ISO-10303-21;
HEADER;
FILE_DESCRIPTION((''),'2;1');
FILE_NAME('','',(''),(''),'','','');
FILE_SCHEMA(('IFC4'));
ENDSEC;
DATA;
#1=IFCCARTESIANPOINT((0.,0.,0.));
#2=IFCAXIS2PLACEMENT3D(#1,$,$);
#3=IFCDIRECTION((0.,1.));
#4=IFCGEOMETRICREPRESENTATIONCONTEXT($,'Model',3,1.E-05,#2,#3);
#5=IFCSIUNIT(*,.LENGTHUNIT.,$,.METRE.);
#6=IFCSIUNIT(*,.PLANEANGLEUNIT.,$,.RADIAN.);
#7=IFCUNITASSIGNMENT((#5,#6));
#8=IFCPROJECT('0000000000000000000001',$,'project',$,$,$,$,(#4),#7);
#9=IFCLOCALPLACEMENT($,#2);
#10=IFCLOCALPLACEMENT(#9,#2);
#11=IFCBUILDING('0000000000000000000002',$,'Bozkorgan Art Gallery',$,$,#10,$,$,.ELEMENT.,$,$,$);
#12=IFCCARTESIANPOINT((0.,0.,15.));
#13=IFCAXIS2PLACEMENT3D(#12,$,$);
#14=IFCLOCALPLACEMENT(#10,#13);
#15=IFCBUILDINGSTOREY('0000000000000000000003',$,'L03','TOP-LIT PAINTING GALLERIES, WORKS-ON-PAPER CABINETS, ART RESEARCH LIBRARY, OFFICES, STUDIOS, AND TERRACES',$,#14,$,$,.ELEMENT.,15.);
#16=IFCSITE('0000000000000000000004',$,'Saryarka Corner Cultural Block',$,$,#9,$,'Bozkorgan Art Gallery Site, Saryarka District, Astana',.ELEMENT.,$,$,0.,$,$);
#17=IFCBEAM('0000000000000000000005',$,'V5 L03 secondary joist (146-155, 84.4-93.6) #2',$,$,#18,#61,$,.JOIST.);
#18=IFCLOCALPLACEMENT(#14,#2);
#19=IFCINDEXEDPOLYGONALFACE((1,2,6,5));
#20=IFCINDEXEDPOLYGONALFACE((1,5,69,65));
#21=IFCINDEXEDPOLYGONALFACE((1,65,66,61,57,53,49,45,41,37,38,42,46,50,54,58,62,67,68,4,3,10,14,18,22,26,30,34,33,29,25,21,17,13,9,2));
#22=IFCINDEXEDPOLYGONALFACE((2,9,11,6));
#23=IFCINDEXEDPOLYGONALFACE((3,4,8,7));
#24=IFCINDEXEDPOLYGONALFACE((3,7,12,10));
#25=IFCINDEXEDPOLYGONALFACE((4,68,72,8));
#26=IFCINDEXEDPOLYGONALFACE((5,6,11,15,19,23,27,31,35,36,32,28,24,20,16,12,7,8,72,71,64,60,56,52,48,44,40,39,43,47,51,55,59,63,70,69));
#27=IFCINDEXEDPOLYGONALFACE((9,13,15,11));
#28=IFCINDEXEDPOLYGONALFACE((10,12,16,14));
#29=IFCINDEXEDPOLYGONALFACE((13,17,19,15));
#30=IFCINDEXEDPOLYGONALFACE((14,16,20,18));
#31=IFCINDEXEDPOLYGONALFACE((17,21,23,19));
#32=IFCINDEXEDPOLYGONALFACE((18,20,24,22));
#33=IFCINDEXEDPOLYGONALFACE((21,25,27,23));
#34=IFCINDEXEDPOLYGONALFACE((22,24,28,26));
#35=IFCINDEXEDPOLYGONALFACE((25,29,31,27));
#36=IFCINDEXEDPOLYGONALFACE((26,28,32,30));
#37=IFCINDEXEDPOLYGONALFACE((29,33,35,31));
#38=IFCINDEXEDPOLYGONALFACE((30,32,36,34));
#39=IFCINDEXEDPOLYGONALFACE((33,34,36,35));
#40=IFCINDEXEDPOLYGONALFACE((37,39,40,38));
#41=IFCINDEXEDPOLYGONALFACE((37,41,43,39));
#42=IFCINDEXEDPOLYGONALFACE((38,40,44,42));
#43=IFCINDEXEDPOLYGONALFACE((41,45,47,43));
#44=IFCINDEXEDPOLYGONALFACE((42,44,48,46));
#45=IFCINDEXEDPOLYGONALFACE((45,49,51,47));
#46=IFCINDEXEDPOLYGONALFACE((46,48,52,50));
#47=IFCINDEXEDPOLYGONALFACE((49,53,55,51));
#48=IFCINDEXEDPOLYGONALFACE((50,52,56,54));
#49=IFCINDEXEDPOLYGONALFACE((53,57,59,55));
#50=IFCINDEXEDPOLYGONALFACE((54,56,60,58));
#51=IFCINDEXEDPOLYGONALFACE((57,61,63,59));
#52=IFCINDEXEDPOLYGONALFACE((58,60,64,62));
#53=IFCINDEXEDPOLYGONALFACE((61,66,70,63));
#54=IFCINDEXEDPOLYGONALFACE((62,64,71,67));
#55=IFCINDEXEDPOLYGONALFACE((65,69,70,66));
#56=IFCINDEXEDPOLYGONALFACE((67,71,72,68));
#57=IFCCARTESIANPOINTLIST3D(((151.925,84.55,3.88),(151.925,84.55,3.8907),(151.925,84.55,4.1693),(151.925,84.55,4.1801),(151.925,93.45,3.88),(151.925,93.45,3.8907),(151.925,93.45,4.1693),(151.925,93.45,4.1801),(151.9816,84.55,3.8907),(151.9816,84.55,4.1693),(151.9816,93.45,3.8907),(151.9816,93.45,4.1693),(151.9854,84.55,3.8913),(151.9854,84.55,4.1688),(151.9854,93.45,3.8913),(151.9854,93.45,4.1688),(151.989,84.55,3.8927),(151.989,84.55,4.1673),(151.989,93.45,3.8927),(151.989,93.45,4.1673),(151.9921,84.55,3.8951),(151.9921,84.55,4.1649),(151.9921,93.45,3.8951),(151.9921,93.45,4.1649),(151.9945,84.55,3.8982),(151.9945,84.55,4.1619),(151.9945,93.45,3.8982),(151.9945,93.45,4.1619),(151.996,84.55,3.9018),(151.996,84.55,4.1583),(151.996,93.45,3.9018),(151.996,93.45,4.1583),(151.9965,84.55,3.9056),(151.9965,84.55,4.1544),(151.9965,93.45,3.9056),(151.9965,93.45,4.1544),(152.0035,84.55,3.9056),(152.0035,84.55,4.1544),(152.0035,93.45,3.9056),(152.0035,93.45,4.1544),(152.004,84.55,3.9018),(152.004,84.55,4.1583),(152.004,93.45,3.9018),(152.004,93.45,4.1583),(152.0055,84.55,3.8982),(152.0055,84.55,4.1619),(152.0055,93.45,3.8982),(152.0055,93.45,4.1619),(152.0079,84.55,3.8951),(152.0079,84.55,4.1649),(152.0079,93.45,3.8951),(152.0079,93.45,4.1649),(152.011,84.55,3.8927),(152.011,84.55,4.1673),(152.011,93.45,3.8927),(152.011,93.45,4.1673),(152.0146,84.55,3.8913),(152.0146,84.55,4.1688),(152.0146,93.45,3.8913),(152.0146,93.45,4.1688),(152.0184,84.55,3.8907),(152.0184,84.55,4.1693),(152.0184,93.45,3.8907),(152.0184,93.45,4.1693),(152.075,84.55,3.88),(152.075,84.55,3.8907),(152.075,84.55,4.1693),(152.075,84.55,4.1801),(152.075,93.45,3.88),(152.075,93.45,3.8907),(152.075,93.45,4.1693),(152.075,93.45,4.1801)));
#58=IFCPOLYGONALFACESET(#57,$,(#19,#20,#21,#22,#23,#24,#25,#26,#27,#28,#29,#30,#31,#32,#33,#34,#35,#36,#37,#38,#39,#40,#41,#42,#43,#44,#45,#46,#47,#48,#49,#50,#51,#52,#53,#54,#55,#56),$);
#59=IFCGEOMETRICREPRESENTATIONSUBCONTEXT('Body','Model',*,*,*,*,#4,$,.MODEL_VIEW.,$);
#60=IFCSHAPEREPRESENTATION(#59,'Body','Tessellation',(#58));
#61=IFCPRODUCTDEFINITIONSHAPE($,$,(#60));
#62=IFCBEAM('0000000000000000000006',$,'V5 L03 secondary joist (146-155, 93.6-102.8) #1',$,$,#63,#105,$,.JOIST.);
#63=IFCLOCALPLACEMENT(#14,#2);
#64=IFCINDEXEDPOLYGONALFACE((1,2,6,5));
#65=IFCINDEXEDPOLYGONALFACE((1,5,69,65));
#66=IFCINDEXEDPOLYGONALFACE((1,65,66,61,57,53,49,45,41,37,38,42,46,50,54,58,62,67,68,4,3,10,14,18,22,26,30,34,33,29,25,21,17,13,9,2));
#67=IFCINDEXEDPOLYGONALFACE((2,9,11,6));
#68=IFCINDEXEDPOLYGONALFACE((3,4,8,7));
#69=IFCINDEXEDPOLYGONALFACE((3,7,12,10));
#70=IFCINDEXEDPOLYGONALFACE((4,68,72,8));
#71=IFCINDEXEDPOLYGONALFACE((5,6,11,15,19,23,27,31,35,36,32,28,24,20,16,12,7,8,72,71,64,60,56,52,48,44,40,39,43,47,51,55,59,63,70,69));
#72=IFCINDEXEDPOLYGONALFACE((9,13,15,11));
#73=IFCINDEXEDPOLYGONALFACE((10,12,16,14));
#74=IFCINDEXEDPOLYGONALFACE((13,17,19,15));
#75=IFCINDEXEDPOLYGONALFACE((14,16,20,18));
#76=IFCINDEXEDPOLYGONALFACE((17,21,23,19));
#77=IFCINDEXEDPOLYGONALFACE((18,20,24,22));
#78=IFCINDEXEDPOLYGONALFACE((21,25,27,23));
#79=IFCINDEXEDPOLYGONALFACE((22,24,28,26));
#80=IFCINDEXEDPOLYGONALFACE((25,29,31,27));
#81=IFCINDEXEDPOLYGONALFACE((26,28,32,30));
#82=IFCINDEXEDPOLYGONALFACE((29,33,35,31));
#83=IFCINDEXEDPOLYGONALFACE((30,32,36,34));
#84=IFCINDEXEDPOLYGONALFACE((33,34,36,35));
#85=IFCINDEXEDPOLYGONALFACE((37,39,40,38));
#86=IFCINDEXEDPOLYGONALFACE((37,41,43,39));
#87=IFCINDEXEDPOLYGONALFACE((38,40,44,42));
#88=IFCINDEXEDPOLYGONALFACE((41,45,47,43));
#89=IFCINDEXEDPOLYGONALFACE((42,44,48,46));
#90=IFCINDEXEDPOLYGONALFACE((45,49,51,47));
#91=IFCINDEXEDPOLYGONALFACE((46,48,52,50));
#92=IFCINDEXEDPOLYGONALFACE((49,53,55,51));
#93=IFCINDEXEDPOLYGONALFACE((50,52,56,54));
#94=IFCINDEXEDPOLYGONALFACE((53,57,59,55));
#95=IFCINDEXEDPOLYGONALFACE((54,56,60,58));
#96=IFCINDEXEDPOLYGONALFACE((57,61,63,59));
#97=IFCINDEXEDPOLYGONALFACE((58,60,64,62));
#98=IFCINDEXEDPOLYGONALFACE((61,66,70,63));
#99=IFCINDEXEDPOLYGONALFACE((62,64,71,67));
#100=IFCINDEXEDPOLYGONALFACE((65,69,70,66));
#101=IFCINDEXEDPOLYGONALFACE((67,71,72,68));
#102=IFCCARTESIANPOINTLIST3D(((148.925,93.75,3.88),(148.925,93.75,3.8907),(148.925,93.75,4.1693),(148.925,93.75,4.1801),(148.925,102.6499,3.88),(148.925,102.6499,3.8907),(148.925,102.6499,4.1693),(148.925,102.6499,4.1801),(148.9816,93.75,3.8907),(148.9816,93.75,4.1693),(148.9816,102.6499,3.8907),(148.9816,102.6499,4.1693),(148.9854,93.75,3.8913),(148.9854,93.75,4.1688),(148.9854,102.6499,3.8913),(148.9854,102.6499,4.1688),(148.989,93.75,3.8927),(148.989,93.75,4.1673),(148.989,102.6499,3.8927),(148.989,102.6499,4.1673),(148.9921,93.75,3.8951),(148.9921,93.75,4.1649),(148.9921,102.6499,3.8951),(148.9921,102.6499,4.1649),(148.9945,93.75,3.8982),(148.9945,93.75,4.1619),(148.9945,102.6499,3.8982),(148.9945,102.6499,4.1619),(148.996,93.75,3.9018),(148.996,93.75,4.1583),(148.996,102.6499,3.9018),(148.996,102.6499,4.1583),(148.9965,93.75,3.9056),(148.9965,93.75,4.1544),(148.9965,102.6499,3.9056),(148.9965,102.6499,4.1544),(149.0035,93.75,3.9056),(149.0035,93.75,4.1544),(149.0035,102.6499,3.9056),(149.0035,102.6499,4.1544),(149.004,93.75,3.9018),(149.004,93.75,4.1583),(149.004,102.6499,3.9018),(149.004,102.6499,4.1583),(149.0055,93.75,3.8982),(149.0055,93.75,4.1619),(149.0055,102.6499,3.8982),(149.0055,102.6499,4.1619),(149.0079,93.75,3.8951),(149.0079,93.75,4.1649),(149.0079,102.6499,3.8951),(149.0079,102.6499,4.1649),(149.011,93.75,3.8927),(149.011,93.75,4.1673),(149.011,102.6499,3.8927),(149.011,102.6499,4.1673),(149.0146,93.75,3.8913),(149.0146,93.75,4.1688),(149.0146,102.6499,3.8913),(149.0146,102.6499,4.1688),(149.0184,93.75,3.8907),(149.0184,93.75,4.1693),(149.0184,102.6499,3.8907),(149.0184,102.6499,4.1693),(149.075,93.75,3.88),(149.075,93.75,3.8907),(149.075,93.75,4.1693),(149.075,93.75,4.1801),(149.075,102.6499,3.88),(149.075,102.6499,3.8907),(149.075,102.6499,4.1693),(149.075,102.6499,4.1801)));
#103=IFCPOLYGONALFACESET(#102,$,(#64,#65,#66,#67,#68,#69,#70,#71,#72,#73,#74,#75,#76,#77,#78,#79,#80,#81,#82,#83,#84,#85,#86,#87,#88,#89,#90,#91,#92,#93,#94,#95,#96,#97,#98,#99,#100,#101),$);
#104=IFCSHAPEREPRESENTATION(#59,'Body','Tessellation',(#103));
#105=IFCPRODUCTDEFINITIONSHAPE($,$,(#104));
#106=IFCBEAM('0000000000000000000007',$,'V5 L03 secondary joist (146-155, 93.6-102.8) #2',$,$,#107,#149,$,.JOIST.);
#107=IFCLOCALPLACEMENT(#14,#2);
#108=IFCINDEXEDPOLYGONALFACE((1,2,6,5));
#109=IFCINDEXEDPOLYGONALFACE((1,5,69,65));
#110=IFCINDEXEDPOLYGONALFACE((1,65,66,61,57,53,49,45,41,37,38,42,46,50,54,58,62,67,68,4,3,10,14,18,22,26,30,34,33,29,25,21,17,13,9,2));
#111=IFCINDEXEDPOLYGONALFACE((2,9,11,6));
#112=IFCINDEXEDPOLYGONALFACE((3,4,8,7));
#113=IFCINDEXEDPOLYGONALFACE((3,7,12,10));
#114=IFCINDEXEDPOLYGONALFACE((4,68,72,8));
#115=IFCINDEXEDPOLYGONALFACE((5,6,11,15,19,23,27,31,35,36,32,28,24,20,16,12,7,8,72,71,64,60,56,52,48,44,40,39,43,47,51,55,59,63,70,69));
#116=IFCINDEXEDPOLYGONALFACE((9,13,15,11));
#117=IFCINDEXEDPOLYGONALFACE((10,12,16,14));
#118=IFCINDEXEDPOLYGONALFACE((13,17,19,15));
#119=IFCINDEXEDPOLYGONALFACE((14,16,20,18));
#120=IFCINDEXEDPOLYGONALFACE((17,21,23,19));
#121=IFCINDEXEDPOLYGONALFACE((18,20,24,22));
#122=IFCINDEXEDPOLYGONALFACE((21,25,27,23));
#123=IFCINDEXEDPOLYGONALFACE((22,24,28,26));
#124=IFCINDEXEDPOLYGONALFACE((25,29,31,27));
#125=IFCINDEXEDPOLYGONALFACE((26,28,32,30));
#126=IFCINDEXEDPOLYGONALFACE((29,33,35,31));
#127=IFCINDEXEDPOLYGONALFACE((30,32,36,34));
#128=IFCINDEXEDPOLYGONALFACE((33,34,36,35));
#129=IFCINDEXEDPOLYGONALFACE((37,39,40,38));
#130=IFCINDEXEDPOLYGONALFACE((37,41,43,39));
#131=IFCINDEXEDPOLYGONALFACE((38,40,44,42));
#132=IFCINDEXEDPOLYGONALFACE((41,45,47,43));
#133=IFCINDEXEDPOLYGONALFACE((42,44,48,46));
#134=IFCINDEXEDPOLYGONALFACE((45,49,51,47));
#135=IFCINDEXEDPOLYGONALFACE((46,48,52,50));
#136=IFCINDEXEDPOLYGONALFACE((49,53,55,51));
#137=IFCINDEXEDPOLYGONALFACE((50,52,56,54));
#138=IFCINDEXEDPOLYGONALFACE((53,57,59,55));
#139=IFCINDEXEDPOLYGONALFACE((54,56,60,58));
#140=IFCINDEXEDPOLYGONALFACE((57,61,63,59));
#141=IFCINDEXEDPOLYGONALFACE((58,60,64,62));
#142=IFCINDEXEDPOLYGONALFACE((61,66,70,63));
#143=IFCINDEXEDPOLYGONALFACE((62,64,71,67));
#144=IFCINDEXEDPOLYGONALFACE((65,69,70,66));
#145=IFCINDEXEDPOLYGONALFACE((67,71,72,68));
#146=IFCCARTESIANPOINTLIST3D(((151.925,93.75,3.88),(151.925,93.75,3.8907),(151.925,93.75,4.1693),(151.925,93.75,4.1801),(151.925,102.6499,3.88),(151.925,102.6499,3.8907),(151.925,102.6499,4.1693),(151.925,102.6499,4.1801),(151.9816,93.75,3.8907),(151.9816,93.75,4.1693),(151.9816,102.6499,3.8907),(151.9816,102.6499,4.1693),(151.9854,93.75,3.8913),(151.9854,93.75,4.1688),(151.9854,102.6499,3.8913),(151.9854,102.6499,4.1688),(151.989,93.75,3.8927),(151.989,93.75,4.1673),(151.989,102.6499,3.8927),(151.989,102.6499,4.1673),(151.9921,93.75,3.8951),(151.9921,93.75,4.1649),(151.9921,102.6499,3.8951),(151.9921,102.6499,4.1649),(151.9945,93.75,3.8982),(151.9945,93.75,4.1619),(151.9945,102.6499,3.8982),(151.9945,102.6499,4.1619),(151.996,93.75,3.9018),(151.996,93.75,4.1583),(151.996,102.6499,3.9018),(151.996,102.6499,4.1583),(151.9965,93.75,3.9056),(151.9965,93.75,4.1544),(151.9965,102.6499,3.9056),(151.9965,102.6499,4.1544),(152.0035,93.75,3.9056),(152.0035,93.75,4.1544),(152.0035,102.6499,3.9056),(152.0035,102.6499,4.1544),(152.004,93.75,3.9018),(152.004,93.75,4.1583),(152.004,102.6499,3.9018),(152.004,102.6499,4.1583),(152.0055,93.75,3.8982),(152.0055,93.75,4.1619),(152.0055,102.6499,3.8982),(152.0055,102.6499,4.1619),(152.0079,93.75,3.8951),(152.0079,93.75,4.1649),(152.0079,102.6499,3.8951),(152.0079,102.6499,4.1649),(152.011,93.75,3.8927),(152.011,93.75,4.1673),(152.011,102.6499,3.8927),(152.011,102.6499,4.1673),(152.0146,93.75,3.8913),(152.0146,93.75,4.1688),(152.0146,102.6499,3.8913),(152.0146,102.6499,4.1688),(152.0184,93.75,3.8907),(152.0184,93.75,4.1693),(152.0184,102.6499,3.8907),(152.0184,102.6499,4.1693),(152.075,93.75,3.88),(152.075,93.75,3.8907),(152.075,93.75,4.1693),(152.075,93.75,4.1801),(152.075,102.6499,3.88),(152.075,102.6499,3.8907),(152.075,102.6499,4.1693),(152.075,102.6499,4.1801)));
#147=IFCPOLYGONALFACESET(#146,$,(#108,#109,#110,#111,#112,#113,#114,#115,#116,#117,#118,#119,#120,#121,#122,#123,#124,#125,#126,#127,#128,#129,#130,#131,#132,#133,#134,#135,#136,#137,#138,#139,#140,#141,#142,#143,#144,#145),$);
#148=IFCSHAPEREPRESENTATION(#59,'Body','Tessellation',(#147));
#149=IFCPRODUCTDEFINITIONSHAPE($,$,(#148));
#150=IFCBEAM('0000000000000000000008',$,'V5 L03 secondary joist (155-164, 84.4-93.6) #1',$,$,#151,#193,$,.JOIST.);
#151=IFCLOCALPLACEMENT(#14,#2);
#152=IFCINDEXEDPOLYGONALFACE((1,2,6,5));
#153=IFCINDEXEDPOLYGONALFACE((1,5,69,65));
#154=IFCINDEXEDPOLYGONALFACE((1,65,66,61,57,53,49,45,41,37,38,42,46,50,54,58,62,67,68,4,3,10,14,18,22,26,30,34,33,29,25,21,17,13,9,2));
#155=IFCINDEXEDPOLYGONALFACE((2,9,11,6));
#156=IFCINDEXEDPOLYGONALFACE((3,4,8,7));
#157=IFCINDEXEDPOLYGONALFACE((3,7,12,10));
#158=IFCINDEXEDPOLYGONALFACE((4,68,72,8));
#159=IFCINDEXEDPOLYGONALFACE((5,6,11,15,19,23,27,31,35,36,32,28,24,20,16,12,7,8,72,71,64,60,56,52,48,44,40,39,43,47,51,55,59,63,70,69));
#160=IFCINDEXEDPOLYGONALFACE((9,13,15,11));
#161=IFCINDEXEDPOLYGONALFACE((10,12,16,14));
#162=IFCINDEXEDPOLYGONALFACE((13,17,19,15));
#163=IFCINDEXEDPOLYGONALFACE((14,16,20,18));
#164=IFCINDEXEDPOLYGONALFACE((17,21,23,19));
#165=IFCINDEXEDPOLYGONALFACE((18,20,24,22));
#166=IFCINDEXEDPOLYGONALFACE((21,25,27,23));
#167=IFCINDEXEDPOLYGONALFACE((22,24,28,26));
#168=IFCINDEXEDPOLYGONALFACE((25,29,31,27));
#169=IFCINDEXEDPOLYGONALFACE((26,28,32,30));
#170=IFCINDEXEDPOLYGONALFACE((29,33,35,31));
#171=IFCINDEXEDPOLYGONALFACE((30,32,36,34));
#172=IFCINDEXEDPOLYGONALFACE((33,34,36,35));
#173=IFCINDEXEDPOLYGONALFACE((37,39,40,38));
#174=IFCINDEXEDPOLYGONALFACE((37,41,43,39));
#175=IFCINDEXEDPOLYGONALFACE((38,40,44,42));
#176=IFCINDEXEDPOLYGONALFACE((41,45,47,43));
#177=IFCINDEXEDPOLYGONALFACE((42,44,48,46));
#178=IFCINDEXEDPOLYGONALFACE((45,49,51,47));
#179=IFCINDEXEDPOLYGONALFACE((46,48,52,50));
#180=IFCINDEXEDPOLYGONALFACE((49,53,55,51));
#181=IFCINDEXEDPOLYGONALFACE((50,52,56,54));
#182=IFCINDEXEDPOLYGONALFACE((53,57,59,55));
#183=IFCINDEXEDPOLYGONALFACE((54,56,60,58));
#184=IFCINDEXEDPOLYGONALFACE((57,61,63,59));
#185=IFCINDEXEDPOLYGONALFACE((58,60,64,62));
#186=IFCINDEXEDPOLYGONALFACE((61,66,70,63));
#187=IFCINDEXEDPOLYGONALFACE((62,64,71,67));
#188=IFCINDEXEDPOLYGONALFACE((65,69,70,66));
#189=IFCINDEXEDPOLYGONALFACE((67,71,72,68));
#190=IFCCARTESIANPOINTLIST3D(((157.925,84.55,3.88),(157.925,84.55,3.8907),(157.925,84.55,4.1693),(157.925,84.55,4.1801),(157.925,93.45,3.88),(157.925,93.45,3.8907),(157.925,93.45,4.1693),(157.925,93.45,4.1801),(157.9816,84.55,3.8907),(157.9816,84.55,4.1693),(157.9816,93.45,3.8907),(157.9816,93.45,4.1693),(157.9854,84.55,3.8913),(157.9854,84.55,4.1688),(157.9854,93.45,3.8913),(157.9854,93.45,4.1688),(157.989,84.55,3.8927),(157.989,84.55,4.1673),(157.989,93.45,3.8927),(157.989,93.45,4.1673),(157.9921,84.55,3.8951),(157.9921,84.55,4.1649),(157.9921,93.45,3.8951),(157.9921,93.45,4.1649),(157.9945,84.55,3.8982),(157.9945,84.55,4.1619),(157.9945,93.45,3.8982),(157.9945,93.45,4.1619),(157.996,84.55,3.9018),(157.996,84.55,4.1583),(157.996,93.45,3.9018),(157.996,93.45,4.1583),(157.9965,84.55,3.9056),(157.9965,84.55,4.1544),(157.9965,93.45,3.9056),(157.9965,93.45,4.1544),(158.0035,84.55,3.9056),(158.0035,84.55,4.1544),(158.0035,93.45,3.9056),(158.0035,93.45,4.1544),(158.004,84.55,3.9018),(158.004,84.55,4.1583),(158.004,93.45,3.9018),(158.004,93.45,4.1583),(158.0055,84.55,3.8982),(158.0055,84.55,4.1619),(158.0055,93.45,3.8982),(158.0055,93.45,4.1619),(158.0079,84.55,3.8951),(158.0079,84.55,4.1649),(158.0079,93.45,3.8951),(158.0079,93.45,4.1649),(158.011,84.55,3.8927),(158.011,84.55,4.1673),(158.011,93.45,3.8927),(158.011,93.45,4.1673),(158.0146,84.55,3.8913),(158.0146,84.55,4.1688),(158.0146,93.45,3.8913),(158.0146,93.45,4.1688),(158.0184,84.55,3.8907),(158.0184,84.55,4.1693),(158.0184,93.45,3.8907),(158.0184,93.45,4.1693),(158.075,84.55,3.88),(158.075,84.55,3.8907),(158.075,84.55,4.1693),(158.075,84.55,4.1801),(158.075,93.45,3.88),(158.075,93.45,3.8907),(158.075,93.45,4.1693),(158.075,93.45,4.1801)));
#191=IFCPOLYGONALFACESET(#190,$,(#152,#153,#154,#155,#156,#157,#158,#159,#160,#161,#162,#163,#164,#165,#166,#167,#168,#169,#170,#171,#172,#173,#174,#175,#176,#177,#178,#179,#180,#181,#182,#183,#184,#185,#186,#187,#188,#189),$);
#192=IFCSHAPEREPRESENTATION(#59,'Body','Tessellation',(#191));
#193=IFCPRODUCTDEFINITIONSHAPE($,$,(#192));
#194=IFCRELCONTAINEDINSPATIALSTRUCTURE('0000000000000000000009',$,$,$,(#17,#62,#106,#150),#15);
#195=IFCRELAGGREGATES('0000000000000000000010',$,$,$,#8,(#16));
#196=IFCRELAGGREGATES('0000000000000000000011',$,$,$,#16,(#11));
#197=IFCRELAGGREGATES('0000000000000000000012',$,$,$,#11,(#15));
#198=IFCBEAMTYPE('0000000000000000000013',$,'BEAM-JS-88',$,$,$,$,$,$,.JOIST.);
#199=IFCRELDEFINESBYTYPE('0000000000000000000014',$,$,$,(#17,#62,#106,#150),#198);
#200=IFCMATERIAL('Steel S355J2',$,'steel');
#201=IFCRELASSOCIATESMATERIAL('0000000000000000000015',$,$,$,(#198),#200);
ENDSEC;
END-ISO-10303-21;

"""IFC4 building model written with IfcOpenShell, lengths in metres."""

from ifc_helpers import new_model, si_unit, direction, frame, origin, origin_2d, place, context, subcontext, project, spatial, i_section, extrude, material, material_profile, profile_set, type_object, element, save


model = new_model("IFC4")

# Units and contexts
model_context = context("Model", 3, precision=1e-05, world=origin(), true_north=direction((0.0, 1.0)))
body_context = subcontext(model_context, "Body", "Model", "MODEL_VIEW")
ifc_project = project(units=[si_unit("LENGTHUNIT", "METRE"), si_unit("PLANEANGLEUNIT", "RADIAN")], contexts=[model_context])

# Site, building, storey
site_placement = place(None, origin())
site = spatial("IfcSite", under=ifc_project, at=site_placement, Name="Saryarka Corner Cultural Block", LongName="Bozkorgan Art Gallery Site, Saryarka District, Astana", CompositionType="ELEMENT", RefElevation=0.0)
building_placement = place(site_placement, origin())
building = spatial("IfcBuilding", under=site, at=building_placement, Name="Bozkorgan Art Gallery", CompositionType="ELEMENT")
storey_placement = place(building_placement, frame((0.0, 0.0, 15.0)))
storey = spatial("IfcBuildingStorey", under=building, at=storey_placement, Name="L03", Description="TOP-LIT PAINTING GALLERIES, WORKS-ON-PAPER CABINETS, ART RESEARCH LIBRARY, OFFICES, STUDIOS, AND TERRACES", CompositionType="ELEMENT", Elevation=15.0)

# Beams
ifc_material_1 = material(Name="Steel S355J2", Category="steel")
ifc_material_profile_1 = material_profile(ifc_material_1, i_section(OverallWidth=0.1499, OverallDepth=0.3, WebThickness=0.0071, FlangeThickness=0.0107, FilletRadius=0.0149, at=origin_2d()), Name="IPE 300")
ifc_profile_set_1 = profile_set([ifc_material_profile_1], Name="Steel S355J2")
beam_type_1 = type_object("IfcBeamType", Name="BEAM-JS-88", PredefinedType="JOIST", material=ifc_profile_set_1)
for number, where, z_axis, x_axis, name in (
    (1, (152.0, 84.55, 4.03), (0.0, 1.0, 0.0), (-1.0, 0.0, 0.0), "V5 L03 secondary joist (146-155, 84.4-93.6) #2"),
    (2, (149.0, 93.75, 4.03), (0.0, 1.0, 0.0), (-1.0, 0.0, 0.0), "V5 L03 secondary joist (146-155, 93.6-102.8) #1"),
    (3, (152.0, 93.75, 4.03), (0.0, 1.0, 0.0), (-1.0, 0.0, 0.0), "V5 L03 secondary joist (146-155, 93.6-102.8) #2"),
    (4, (158.0, 84.55, 4.03), (0.0, 1.0, 0.0), (-1.0, 0.0, 0.0), "V5 L03 secondary joist (155-164, 84.4-93.6) #1"),
):
    element("IfcBeam", number, at=place(storey_placement, frame(where, z_axis=z_axis, x_axis=x_axis)), inside=storey, type_object=beam_type_1, Name=name, PredefinedType="JOIST", context=body_context, shape_type="SweptSolid", body=[
        extrude(i_section(OverallWidth=0.1499, OverallDepth=0.3, WebThickness=0.0071, FlangeThickness=0.0107, FilletRadius=0.0149, at=origin_2d()), origin(), (0.0, 0.0, 1.0), 8.8999),
    ])

save(model, "model.ifc")
